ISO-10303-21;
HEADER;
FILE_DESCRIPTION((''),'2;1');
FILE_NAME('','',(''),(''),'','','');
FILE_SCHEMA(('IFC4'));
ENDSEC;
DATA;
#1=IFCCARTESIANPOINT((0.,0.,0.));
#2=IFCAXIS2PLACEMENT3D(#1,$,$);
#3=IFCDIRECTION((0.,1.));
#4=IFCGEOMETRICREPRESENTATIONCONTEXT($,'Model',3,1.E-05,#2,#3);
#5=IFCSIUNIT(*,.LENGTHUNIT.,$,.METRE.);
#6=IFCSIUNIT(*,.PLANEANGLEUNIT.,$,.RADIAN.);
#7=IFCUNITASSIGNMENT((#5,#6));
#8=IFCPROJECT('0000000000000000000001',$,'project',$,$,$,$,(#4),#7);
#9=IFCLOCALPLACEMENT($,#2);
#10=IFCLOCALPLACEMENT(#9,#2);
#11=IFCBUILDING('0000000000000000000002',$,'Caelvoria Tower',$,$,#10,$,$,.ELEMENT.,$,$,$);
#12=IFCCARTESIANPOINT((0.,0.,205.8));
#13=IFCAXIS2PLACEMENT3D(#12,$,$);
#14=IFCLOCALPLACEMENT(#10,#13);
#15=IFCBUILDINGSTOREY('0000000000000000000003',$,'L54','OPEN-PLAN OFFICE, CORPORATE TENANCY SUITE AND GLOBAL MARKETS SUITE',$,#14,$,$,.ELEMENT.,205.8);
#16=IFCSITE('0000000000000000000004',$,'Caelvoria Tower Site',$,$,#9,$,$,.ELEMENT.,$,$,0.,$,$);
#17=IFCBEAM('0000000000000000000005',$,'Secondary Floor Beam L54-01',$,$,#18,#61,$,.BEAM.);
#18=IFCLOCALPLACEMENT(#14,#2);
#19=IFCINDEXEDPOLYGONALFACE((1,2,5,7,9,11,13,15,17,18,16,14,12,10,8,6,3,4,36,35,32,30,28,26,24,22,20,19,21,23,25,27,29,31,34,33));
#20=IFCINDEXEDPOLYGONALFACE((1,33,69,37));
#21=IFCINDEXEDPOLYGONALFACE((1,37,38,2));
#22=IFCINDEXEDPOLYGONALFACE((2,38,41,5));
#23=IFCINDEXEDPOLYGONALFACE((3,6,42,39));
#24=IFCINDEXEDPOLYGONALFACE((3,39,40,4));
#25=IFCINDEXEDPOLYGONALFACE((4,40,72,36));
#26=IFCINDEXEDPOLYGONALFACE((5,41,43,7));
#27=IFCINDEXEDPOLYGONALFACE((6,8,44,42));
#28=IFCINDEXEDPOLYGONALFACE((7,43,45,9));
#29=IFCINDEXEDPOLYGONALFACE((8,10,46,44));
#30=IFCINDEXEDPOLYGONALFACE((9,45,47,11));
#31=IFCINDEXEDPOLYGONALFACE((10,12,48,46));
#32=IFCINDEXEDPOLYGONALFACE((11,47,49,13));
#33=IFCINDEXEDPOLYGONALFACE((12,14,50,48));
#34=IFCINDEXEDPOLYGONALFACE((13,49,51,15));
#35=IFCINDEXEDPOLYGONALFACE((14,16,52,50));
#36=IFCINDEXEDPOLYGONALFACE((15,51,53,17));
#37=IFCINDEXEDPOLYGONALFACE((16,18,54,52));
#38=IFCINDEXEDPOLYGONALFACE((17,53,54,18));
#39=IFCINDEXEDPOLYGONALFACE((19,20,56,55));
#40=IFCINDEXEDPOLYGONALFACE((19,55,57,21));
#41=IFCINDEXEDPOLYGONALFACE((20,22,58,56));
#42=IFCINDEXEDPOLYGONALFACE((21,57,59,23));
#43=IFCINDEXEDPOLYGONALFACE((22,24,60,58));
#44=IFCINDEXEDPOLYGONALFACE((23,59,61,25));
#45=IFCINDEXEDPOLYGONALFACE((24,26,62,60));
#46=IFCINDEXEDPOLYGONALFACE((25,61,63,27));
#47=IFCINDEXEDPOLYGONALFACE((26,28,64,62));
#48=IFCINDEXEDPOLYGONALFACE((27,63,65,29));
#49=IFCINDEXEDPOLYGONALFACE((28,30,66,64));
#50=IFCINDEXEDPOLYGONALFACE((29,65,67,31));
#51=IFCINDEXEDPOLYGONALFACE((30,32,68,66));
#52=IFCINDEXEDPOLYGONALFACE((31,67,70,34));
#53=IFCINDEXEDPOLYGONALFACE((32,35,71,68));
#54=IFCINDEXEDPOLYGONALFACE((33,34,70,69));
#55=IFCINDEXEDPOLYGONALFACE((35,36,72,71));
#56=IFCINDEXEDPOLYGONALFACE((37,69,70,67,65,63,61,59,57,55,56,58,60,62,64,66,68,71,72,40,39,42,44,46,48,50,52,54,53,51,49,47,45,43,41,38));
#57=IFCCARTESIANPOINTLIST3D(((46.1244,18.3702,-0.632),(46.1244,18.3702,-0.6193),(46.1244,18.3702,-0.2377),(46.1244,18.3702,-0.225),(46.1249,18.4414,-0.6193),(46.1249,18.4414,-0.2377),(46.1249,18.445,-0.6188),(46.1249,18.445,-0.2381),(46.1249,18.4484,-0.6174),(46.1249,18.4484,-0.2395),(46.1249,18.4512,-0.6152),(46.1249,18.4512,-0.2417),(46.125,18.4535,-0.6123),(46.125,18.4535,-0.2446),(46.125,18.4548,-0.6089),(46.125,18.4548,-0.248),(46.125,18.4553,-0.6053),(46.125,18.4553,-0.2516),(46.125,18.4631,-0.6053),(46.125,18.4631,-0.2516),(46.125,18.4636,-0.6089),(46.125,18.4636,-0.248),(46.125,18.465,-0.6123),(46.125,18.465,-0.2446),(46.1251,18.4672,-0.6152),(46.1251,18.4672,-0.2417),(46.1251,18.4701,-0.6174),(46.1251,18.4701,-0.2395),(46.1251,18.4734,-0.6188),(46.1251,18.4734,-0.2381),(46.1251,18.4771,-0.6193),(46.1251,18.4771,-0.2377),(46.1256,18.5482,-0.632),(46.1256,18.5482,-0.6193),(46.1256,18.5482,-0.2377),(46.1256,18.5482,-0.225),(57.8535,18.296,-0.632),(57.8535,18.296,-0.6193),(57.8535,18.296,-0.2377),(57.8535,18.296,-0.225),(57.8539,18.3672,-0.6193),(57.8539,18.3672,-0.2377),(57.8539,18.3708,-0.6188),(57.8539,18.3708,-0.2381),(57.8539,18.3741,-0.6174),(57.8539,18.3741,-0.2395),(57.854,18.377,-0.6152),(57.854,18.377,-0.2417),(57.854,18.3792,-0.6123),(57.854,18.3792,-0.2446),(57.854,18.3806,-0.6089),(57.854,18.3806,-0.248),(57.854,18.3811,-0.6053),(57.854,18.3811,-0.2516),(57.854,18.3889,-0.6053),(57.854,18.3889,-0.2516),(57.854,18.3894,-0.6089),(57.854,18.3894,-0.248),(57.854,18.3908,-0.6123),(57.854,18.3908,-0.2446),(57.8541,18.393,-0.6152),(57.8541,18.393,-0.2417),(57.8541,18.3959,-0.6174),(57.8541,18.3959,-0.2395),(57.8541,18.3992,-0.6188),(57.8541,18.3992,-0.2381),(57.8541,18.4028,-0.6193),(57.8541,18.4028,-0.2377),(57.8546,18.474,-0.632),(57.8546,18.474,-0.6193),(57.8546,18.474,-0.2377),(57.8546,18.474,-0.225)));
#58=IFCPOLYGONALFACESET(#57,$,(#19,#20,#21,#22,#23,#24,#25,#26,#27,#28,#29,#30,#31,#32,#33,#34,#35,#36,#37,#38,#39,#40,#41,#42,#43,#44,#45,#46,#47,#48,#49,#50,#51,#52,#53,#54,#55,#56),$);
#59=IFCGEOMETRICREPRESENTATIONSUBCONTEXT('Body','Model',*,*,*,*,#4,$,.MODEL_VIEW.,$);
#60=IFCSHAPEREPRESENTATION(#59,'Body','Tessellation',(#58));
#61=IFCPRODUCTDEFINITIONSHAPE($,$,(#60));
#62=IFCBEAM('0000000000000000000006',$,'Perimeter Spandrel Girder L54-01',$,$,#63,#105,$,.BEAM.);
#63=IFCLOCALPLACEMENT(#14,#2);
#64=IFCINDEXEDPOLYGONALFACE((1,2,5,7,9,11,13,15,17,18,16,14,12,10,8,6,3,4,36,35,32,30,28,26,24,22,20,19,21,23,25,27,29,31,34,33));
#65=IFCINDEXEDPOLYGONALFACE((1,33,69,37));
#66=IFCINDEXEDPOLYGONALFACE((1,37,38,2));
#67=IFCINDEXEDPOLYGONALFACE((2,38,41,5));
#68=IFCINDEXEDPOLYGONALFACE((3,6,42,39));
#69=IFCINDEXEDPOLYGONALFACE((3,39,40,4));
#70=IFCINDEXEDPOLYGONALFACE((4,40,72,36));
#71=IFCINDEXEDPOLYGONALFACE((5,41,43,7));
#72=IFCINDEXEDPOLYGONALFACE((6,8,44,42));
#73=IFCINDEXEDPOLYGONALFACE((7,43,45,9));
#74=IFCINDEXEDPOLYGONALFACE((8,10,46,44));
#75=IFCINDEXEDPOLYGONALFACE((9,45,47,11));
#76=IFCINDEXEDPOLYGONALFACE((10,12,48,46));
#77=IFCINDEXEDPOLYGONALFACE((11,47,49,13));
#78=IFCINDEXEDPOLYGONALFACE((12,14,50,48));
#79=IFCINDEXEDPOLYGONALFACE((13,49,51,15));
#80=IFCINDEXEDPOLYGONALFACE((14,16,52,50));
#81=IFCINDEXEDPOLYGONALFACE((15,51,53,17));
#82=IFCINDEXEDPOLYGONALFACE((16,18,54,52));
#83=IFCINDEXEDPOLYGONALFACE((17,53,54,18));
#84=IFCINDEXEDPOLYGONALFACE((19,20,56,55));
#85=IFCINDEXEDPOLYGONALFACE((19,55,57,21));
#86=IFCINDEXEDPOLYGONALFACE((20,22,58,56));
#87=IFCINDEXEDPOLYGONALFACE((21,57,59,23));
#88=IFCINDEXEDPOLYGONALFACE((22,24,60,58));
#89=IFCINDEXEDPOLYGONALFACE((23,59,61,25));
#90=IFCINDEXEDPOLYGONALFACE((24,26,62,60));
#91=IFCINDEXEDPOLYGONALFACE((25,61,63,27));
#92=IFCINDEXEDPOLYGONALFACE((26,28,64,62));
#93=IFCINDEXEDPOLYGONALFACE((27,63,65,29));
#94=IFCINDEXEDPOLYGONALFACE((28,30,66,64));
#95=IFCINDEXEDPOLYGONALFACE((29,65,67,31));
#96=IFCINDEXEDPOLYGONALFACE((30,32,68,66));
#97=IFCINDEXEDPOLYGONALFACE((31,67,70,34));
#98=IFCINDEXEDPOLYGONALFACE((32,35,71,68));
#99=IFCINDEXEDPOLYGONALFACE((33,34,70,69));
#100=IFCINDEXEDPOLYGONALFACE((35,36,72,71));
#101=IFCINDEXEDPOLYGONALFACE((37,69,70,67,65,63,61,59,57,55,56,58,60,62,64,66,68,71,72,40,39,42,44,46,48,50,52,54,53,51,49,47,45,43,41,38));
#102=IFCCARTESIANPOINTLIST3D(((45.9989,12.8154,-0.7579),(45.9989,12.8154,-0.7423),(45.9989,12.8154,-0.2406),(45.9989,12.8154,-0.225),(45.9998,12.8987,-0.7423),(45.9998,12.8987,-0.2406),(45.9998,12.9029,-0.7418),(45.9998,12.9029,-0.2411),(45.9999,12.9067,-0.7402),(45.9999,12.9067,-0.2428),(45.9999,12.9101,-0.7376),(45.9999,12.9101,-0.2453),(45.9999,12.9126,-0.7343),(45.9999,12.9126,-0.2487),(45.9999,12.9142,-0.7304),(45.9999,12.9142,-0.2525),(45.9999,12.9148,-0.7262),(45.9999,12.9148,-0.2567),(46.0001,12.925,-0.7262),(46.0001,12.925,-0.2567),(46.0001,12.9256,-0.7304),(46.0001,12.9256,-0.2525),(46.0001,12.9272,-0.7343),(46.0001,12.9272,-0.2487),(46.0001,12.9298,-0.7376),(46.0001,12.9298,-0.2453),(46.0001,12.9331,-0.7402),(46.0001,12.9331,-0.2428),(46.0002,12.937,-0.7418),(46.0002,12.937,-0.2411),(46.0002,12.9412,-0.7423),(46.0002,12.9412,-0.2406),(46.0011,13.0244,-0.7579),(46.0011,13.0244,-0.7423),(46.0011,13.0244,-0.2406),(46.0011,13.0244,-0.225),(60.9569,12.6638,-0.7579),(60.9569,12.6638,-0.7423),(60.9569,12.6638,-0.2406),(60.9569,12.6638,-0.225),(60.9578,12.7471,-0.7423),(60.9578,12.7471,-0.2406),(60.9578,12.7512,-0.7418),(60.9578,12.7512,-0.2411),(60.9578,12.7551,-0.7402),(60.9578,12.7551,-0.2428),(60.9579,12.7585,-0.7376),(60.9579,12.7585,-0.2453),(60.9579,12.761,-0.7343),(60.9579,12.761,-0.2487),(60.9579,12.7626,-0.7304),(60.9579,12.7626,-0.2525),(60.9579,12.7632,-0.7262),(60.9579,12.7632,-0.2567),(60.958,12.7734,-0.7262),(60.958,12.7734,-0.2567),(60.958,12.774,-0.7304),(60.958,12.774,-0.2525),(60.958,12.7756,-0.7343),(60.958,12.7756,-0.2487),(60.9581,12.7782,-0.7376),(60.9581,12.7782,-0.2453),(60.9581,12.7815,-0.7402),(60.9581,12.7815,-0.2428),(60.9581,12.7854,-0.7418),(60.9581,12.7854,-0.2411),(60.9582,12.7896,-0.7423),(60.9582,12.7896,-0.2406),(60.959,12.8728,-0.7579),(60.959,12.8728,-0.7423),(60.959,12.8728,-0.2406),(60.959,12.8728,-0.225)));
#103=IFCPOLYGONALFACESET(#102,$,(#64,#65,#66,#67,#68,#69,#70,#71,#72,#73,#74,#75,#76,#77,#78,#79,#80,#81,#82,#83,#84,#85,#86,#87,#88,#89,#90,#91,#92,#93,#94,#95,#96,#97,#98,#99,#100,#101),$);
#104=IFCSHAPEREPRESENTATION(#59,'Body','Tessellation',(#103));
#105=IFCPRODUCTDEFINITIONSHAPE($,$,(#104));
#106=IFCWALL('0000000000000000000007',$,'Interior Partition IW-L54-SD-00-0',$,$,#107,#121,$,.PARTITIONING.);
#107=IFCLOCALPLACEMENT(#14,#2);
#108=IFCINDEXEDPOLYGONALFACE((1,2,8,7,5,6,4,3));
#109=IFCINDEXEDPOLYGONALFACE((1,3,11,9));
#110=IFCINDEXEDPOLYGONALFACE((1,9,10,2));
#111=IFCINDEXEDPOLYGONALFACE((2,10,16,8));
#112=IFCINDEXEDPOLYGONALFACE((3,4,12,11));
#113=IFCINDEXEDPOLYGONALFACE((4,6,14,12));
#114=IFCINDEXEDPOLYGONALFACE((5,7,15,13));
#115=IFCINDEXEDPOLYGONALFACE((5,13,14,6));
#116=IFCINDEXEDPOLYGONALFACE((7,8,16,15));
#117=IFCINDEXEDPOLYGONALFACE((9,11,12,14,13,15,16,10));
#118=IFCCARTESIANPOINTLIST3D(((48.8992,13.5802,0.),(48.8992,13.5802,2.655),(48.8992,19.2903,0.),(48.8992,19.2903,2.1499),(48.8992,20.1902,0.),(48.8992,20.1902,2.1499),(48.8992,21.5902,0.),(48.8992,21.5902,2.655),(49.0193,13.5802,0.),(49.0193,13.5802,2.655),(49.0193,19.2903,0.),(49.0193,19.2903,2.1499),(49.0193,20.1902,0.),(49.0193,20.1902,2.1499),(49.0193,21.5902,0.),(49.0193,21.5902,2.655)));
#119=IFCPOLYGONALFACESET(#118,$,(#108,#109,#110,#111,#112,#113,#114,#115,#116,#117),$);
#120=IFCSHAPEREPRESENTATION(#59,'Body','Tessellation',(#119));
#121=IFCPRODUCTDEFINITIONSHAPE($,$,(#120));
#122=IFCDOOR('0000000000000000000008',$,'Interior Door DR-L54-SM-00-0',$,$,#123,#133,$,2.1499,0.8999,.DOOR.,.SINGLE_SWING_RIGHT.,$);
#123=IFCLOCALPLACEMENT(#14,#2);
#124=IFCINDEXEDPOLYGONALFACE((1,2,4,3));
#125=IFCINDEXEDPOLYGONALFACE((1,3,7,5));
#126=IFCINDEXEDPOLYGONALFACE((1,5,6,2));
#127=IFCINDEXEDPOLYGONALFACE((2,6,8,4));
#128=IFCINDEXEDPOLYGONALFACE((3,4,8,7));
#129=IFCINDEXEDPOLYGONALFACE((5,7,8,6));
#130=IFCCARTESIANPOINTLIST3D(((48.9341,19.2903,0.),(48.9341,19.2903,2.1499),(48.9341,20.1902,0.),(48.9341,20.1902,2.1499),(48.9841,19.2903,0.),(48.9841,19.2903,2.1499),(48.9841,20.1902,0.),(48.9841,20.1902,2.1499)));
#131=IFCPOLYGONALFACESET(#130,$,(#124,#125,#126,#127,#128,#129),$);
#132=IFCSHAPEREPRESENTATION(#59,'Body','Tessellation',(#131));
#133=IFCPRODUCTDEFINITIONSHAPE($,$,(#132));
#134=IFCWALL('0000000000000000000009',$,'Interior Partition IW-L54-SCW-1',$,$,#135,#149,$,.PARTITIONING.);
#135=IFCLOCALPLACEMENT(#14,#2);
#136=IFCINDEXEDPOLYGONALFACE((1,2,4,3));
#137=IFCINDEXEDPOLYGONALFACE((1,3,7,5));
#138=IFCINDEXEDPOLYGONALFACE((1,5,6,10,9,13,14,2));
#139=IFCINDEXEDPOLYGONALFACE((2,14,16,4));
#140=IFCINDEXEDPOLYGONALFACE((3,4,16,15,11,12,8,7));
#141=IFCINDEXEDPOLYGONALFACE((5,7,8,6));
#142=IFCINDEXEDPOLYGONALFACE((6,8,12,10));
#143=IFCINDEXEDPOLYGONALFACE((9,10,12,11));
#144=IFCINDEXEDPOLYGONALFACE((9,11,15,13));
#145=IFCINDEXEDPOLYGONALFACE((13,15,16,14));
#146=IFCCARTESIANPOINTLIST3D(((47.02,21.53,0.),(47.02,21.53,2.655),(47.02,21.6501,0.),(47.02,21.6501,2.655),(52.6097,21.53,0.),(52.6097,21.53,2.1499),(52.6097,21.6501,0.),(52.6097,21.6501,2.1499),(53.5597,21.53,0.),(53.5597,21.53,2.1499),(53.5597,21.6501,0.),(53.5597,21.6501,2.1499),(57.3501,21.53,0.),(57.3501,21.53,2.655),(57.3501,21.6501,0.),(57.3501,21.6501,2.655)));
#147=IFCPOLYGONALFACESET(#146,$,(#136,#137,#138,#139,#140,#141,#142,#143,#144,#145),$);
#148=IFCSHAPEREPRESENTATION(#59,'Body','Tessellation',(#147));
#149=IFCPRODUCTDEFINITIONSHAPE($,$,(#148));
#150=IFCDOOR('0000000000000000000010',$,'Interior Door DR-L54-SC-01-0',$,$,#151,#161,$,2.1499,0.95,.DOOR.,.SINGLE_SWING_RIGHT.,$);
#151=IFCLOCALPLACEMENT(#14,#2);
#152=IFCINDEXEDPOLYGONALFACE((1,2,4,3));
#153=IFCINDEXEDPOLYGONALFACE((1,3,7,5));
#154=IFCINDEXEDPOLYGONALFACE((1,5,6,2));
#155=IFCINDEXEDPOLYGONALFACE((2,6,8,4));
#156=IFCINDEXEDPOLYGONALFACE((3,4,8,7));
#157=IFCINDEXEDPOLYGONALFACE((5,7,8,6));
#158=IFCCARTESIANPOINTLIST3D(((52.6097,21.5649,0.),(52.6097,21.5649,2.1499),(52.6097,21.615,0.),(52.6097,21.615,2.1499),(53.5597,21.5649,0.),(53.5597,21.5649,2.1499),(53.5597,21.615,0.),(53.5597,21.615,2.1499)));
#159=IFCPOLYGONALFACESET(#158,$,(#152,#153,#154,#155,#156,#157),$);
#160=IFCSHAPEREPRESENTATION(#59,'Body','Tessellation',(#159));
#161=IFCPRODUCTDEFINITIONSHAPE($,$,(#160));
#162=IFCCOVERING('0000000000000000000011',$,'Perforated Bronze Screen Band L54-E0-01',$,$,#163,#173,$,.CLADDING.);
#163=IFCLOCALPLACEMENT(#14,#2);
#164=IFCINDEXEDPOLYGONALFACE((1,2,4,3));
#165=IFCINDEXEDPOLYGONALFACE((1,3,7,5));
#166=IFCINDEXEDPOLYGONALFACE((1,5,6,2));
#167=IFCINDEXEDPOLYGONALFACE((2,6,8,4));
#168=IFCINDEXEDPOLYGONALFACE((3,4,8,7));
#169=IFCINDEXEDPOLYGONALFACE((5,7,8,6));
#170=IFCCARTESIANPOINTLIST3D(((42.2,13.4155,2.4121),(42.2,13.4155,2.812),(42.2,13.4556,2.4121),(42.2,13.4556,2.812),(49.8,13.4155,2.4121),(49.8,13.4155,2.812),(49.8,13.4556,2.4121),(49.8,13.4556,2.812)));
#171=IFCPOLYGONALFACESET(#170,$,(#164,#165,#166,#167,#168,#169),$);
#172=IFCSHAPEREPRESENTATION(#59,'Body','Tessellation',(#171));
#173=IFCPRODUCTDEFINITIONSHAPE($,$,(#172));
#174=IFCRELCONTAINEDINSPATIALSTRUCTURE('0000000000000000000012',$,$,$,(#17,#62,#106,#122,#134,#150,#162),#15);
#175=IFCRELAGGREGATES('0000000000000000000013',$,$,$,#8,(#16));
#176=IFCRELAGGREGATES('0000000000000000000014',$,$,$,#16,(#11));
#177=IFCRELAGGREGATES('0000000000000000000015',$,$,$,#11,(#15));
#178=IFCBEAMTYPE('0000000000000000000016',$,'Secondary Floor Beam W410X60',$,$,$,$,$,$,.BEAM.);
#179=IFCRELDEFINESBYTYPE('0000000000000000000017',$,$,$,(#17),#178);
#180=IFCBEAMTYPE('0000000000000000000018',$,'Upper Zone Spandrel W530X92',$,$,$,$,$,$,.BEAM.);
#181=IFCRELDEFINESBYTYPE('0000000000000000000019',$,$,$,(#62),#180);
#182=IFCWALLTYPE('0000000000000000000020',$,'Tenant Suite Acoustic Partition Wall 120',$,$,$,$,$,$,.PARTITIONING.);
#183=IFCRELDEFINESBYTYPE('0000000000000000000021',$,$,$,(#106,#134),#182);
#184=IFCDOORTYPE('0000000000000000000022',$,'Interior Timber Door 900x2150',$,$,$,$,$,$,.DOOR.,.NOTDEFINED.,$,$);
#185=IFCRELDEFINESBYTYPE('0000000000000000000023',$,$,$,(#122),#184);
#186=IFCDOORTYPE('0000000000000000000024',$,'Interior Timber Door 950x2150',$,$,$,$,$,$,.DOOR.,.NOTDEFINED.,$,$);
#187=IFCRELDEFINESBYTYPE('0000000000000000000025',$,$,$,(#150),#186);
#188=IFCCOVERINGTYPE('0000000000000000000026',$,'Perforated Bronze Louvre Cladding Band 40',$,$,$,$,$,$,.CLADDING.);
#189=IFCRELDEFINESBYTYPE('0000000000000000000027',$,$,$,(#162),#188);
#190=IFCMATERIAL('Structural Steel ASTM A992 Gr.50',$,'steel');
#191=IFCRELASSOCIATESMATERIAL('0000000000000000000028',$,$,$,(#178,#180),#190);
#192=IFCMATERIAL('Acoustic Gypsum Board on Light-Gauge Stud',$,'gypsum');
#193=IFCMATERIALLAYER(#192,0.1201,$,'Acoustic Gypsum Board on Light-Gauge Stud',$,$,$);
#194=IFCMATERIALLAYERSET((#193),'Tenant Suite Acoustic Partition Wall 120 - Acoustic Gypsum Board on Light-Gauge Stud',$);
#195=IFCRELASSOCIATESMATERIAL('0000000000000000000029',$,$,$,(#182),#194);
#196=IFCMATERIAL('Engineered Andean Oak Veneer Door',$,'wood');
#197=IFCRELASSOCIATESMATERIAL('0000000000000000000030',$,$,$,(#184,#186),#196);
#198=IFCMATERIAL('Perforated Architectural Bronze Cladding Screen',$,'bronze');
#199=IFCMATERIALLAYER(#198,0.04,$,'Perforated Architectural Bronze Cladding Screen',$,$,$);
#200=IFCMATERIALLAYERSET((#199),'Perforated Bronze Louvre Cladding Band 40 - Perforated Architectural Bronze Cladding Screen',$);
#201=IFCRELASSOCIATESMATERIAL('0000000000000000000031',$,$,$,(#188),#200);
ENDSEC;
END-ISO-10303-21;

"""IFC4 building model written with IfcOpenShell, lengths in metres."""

from ifc_helpers import new_model, si_unit, direction, frame, frame_2d, origin, origin_2d, place, context, subcontext, project, spatial, rectangle, i_section, extrude, material, layer, layer_set, material_profile, profile_set, type_object, element, fill, save


model = new_model("IFC4")

# Units and contexts
model_context = context("Model", 3, precision=1e-05, world=origin(), true_north=direction((0.0, 1.0)))
body_context = subcontext(model_context, "Body", "Model", "MODEL_VIEW")
ifc_project = project(units=[si_unit("LENGTHUNIT", "METRE"), si_unit("PLANEANGLEUNIT", "RADIAN")], contexts=[model_context])

# Site, building, storey
site_placement = place(None, origin())
site = spatial("IfcSite", under=ifc_project, at=site_placement, Name="Caelvoria Tower Site", CompositionType="ELEMENT", RefElevation=0.0)
building_placement = place(site_placement, origin())
building = spatial("IfcBuilding", under=site, at=building_placement, Name="Caelvoria Tower", CompositionType="ELEMENT")
storey_placement = place(building_placement, frame((0.0, 0.0, 205.8)))
storey = spatial("IfcBuildingStorey", under=building, at=storey_placement, Name="L54", Description="OPEN-PLAN OFFICE, CORPORATE TENANCY SUITE AND GLOBAL MARKETS SUITE", CompositionType="ELEMENT", Elevation=205.8)

# Beams
ifc_material_1 = material(Name="Structural Steel ASTM A992 Gr.50", Category="steel")
ifc_material_profile_1 = material_profile(ifc_material_1, i_section(OverallWidth=0.178, OverallDepth=0.407, WebThickness=0.0078, FlangeThickness=0.0127, FilletRadius=0.0139, at=origin_2d()), Name="Structural Steel ASTM A992 Gr.50")
ifc_profile_set_1 = profile_set([ifc_material_profile_1], Name="W410X60 - Structural Steel ASTM A992 Gr.50")
beam_type_1 = type_object("IfcBeamType", Name="Secondary Floor Beam W410X60", PredefinedType="BEAM", material=ifc_profile_set_1)
beam_1_placement = place(storey_placement, frame((46.125, 18.4592, -0.4285), z_axis=(0.99998, -0.006328, 0.0), x_axis=(0.006328, 0.99998, 0.0)))
element("IfcBeam", 1, at=beam_1_placement, inside=storey, type_object=beam_type_1, Name="Secondary Floor Beam L54-01", PredefinedType="BEAM", context=body_context, shape_type="SweptSolid", body=[
    extrude(i_section(OverallWidth=0.178, OverallDepth=0.407, WebThickness=0.0078, FlangeThickness=0.0127, FilletRadius=0.0139, at=origin_2d()), origin(), (0.0, 0.0, 1.0), 11.7292),
])
ifc_material_profile_2 = material_profile(ifc_material_1, i_section(OverallWidth=0.209, OverallDepth=0.533, WebThickness=0.0103, FlangeThickness=0.0156, FilletRadius=0.0161, at=origin_2d()), Name="Structural Steel ASTM A992 Gr.50")
ifc_profile_set_2 = profile_set([ifc_material_profile_2], Name="W530X92 - Structural Steel ASTM A992 Gr.50")
beam_type_2 = type_object("IfcBeamType", Name="Upper Zone Spandrel W530X92", PredefinedType="BEAM", material=ifc_profile_set_2)
beam_2_placement = place(storey_placement, frame((46.0, 12.9199, -0.4915), z_axis=(0.999949, -0.010135, 0.0), x_axis=(0.010135, 0.999949, 0.0)))
element("IfcBeam", 2, at=beam_2_placement, inside=storey, type_object=beam_type_2, Name="Perimeter Spandrel Girder L54-01", PredefinedType="BEAM", context=body_context, shape_type="SweptSolid", body=[
    extrude(i_section(OverallWidth=0.209, OverallDepth=0.533, WebThickness=0.0103, FlangeThickness=0.0156, FilletRadius=0.0161, at=origin_2d()), origin(), (0.0, 0.0, 1.0), 14.9587),
])

# Walls, openings, doors
ifc_material_2 = material(Name="Acoustic Gypsum Board on Light-Gauge Stud", Category="gypsum")
ifc_layer_1 = layer(ifc_material_2, 0.1201, Name="Acoustic Gypsum Board on Light-Gauge Stud")
ifc_layer_set_1 = layer_set([ifc_layer_1], Name="Tenant Suite Acoustic Partition Wall 120 - Acoustic Gypsum Board on Light-Gauge Stud")
wall_type = type_object("IfcWallType", Name="Tenant Suite Acoustic Partition Wall 120", PredefinedType="PARTITIONING", material=ifc_layer_set_1)
wall_1_placement = place(storey_placement, frame((48.9592, 21.5901, 0.0), z_axis=(0.0, 0.0, 1.0), x_axis=(0.0, -1.0, 0.0)))
wall_1 = element("IfcWall", 3, at=wall_1_placement, inside=storey, type_object=wall_type, Name="Interior Partition IW-L54-SD-00-0", PredefinedType="PARTITIONING", context=body_context, shape_type="SweptSolid", body=[
    extrude(rectangle(XDim=8.01, YDim=0.1201, at=frame_2d((4.0049, 0.0))), origin(), (0.0, 0.0, 1.0), 2.655),
])
opening_1_placement = place(wall_1_placement, frame((1.3999, 0.0, 0.0)))
opening_1 = element("IfcOpeningElement", 4, at=opening_1_placement, cuts=wall_1, PredefinedType="OPENING", context=body_context, shape_type="SweptSolid", body=[
    extrude(rectangle(XDim=0.8999, YDim=2.1499, at=frame_2d((0.45, 1.075))), frame((0.0, 0.0701, 0.0), z_axis=(0.0, -1.0, 0.0), x_axis=(1.0, 0.0, 0.0)), (0.0, 0.0, 1.0), 0.1401),
])
ifc_material_3 = material(Name="Engineered Andean Oak Veneer Door", Category="wood")
door_type_1 = type_object("IfcDoorType", Name="Interior Timber Door 900x2150", OperationType="NOTDEFINED", PredefinedType="DOOR", material=ifc_material_3)
door_1_placement = place(opening_1_placement, origin())
door_1 = element("IfcDoor", 5, at=door_1_placement, inside=storey, type_object=door_type_1, Name="Interior Door DR-L54-SM-00-0", OperationType="SINGLE_SWING_RIGHT", OverallHeight=2.1499, OverallWidth=0.8999, PredefinedType="DOOR", context=body_context, shape_type="SweptSolid", body=[
    extrude(rectangle(XDim=0.8999, YDim=2.1499, at=frame_2d((0.45, 1.075))), frame((0.0, 0.0249, 0.0), z_axis=(0.0, -1.0, 0.0), x_axis=(1.0, 0.0, 0.0)), (0.0, 0.0, 1.0), 0.05),
])
fill(opening_1, door_1)
wall_2_placement = place(storey_placement, frame((47.02, 21.5901, 0.0), z_axis=(0.0, 0.0, 1.0), x_axis=(1.0, 0.0, 0.0)))
wall_2 = element("IfcWall", 6, at=wall_2_placement, inside=storey, type_object=wall_type, Name="Interior Partition IW-L54-SCW-1", PredefinedType="PARTITIONING", context=body_context, shape_type="SweptSolid", body=[
    extrude(rectangle(XDim=10.3301, YDim=0.1201, at=frame_2d((5.165, 0.0))), origin(), (0.0, 0.0, 1.0), 2.655),
])
opening_2_placement = place(wall_2_placement, frame((5.5896, 0.0, 0.0)))
opening_2 = element("IfcOpeningElement", 7, at=opening_2_placement, cuts=wall_2, PredefinedType="OPENING", context=body_context, shape_type="SweptSolid", body=[
    extrude(rectangle(XDim=0.95, YDim=2.1499, at=frame_2d((0.4751, 1.075))), frame((0.0, 0.0701, 0.0), z_axis=(0.0, -1.0, 0.0), x_axis=(1.0, 0.0, 0.0)), (0.0, 0.0, 1.0), 0.1401),
])
door_type_2 = type_object("IfcDoorType", Name="Interior Timber Door 950x2150", OperationType="NOTDEFINED", PredefinedType="DOOR", material=ifc_material_3)
door_2_placement = place(opening_2_placement, origin())
door_2 = element("IfcDoor", 8, at=door_2_placement, inside=storey, type_object=door_type_2, Name="Interior Door DR-L54-SC-01-0", OperationType="SINGLE_SWING_RIGHT", OverallHeight=2.1499, OverallWidth=0.95, PredefinedType="DOOR", context=body_context, shape_type="SweptSolid", body=[
    extrude(rectangle(XDim=0.95, YDim=2.1499, at=frame_2d((0.4751, 1.075))), frame((0.0, 0.0249, 0.0), z_axis=(0.0, -1.0, 0.0), x_axis=(1.0, 0.0, 0.0)), (0.0, 0.0, 1.0), 0.05),
])
fill(opening_2, door_2)

# Covering
ifc_material_4 = material(Name="Perforated Architectural Bronze Cladding Screen", Category="bronze")
ifc_layer_2 = layer(ifc_material_4, 0.04, Name="Perforated Architectural Bronze Cladding Screen")
ifc_layer_set_2 = layer_set([ifc_layer_2], Name="Perforated Bronze Louvre Cladding Band 40 - Perforated Architectural Bronze Cladding Screen")
covering_type = type_object("IfcCoveringType", Name="Perforated Bronze Louvre Cladding Band 40", PredefinedType="CLADDING", material=ifc_layer_set_2)
for number, where, z_axis, x_axis, name in (
    (9, (46.0, 13.4355, 2.4121), (0.0, 0.0, 1.0), (1.0, 0.0, 0.0), "Perforated Bronze Screen Band L54-E0-01"),
):
    element("IfcCovering", number, at=place(storey_placement, frame(where, z_axis=z_axis, x_axis=x_axis)), inside=storey, type_object=covering_type, Name=name, PredefinedType="CLADDING", context=body_context, shape_type="SweptSolid", body=[
        extrude(rectangle(XDim=7.6001, YDim=0.04, at=origin_2d()), origin(), (0.0, 0.0, 1.0), 0.3999),
    ])

save(model, "model.ifc")
